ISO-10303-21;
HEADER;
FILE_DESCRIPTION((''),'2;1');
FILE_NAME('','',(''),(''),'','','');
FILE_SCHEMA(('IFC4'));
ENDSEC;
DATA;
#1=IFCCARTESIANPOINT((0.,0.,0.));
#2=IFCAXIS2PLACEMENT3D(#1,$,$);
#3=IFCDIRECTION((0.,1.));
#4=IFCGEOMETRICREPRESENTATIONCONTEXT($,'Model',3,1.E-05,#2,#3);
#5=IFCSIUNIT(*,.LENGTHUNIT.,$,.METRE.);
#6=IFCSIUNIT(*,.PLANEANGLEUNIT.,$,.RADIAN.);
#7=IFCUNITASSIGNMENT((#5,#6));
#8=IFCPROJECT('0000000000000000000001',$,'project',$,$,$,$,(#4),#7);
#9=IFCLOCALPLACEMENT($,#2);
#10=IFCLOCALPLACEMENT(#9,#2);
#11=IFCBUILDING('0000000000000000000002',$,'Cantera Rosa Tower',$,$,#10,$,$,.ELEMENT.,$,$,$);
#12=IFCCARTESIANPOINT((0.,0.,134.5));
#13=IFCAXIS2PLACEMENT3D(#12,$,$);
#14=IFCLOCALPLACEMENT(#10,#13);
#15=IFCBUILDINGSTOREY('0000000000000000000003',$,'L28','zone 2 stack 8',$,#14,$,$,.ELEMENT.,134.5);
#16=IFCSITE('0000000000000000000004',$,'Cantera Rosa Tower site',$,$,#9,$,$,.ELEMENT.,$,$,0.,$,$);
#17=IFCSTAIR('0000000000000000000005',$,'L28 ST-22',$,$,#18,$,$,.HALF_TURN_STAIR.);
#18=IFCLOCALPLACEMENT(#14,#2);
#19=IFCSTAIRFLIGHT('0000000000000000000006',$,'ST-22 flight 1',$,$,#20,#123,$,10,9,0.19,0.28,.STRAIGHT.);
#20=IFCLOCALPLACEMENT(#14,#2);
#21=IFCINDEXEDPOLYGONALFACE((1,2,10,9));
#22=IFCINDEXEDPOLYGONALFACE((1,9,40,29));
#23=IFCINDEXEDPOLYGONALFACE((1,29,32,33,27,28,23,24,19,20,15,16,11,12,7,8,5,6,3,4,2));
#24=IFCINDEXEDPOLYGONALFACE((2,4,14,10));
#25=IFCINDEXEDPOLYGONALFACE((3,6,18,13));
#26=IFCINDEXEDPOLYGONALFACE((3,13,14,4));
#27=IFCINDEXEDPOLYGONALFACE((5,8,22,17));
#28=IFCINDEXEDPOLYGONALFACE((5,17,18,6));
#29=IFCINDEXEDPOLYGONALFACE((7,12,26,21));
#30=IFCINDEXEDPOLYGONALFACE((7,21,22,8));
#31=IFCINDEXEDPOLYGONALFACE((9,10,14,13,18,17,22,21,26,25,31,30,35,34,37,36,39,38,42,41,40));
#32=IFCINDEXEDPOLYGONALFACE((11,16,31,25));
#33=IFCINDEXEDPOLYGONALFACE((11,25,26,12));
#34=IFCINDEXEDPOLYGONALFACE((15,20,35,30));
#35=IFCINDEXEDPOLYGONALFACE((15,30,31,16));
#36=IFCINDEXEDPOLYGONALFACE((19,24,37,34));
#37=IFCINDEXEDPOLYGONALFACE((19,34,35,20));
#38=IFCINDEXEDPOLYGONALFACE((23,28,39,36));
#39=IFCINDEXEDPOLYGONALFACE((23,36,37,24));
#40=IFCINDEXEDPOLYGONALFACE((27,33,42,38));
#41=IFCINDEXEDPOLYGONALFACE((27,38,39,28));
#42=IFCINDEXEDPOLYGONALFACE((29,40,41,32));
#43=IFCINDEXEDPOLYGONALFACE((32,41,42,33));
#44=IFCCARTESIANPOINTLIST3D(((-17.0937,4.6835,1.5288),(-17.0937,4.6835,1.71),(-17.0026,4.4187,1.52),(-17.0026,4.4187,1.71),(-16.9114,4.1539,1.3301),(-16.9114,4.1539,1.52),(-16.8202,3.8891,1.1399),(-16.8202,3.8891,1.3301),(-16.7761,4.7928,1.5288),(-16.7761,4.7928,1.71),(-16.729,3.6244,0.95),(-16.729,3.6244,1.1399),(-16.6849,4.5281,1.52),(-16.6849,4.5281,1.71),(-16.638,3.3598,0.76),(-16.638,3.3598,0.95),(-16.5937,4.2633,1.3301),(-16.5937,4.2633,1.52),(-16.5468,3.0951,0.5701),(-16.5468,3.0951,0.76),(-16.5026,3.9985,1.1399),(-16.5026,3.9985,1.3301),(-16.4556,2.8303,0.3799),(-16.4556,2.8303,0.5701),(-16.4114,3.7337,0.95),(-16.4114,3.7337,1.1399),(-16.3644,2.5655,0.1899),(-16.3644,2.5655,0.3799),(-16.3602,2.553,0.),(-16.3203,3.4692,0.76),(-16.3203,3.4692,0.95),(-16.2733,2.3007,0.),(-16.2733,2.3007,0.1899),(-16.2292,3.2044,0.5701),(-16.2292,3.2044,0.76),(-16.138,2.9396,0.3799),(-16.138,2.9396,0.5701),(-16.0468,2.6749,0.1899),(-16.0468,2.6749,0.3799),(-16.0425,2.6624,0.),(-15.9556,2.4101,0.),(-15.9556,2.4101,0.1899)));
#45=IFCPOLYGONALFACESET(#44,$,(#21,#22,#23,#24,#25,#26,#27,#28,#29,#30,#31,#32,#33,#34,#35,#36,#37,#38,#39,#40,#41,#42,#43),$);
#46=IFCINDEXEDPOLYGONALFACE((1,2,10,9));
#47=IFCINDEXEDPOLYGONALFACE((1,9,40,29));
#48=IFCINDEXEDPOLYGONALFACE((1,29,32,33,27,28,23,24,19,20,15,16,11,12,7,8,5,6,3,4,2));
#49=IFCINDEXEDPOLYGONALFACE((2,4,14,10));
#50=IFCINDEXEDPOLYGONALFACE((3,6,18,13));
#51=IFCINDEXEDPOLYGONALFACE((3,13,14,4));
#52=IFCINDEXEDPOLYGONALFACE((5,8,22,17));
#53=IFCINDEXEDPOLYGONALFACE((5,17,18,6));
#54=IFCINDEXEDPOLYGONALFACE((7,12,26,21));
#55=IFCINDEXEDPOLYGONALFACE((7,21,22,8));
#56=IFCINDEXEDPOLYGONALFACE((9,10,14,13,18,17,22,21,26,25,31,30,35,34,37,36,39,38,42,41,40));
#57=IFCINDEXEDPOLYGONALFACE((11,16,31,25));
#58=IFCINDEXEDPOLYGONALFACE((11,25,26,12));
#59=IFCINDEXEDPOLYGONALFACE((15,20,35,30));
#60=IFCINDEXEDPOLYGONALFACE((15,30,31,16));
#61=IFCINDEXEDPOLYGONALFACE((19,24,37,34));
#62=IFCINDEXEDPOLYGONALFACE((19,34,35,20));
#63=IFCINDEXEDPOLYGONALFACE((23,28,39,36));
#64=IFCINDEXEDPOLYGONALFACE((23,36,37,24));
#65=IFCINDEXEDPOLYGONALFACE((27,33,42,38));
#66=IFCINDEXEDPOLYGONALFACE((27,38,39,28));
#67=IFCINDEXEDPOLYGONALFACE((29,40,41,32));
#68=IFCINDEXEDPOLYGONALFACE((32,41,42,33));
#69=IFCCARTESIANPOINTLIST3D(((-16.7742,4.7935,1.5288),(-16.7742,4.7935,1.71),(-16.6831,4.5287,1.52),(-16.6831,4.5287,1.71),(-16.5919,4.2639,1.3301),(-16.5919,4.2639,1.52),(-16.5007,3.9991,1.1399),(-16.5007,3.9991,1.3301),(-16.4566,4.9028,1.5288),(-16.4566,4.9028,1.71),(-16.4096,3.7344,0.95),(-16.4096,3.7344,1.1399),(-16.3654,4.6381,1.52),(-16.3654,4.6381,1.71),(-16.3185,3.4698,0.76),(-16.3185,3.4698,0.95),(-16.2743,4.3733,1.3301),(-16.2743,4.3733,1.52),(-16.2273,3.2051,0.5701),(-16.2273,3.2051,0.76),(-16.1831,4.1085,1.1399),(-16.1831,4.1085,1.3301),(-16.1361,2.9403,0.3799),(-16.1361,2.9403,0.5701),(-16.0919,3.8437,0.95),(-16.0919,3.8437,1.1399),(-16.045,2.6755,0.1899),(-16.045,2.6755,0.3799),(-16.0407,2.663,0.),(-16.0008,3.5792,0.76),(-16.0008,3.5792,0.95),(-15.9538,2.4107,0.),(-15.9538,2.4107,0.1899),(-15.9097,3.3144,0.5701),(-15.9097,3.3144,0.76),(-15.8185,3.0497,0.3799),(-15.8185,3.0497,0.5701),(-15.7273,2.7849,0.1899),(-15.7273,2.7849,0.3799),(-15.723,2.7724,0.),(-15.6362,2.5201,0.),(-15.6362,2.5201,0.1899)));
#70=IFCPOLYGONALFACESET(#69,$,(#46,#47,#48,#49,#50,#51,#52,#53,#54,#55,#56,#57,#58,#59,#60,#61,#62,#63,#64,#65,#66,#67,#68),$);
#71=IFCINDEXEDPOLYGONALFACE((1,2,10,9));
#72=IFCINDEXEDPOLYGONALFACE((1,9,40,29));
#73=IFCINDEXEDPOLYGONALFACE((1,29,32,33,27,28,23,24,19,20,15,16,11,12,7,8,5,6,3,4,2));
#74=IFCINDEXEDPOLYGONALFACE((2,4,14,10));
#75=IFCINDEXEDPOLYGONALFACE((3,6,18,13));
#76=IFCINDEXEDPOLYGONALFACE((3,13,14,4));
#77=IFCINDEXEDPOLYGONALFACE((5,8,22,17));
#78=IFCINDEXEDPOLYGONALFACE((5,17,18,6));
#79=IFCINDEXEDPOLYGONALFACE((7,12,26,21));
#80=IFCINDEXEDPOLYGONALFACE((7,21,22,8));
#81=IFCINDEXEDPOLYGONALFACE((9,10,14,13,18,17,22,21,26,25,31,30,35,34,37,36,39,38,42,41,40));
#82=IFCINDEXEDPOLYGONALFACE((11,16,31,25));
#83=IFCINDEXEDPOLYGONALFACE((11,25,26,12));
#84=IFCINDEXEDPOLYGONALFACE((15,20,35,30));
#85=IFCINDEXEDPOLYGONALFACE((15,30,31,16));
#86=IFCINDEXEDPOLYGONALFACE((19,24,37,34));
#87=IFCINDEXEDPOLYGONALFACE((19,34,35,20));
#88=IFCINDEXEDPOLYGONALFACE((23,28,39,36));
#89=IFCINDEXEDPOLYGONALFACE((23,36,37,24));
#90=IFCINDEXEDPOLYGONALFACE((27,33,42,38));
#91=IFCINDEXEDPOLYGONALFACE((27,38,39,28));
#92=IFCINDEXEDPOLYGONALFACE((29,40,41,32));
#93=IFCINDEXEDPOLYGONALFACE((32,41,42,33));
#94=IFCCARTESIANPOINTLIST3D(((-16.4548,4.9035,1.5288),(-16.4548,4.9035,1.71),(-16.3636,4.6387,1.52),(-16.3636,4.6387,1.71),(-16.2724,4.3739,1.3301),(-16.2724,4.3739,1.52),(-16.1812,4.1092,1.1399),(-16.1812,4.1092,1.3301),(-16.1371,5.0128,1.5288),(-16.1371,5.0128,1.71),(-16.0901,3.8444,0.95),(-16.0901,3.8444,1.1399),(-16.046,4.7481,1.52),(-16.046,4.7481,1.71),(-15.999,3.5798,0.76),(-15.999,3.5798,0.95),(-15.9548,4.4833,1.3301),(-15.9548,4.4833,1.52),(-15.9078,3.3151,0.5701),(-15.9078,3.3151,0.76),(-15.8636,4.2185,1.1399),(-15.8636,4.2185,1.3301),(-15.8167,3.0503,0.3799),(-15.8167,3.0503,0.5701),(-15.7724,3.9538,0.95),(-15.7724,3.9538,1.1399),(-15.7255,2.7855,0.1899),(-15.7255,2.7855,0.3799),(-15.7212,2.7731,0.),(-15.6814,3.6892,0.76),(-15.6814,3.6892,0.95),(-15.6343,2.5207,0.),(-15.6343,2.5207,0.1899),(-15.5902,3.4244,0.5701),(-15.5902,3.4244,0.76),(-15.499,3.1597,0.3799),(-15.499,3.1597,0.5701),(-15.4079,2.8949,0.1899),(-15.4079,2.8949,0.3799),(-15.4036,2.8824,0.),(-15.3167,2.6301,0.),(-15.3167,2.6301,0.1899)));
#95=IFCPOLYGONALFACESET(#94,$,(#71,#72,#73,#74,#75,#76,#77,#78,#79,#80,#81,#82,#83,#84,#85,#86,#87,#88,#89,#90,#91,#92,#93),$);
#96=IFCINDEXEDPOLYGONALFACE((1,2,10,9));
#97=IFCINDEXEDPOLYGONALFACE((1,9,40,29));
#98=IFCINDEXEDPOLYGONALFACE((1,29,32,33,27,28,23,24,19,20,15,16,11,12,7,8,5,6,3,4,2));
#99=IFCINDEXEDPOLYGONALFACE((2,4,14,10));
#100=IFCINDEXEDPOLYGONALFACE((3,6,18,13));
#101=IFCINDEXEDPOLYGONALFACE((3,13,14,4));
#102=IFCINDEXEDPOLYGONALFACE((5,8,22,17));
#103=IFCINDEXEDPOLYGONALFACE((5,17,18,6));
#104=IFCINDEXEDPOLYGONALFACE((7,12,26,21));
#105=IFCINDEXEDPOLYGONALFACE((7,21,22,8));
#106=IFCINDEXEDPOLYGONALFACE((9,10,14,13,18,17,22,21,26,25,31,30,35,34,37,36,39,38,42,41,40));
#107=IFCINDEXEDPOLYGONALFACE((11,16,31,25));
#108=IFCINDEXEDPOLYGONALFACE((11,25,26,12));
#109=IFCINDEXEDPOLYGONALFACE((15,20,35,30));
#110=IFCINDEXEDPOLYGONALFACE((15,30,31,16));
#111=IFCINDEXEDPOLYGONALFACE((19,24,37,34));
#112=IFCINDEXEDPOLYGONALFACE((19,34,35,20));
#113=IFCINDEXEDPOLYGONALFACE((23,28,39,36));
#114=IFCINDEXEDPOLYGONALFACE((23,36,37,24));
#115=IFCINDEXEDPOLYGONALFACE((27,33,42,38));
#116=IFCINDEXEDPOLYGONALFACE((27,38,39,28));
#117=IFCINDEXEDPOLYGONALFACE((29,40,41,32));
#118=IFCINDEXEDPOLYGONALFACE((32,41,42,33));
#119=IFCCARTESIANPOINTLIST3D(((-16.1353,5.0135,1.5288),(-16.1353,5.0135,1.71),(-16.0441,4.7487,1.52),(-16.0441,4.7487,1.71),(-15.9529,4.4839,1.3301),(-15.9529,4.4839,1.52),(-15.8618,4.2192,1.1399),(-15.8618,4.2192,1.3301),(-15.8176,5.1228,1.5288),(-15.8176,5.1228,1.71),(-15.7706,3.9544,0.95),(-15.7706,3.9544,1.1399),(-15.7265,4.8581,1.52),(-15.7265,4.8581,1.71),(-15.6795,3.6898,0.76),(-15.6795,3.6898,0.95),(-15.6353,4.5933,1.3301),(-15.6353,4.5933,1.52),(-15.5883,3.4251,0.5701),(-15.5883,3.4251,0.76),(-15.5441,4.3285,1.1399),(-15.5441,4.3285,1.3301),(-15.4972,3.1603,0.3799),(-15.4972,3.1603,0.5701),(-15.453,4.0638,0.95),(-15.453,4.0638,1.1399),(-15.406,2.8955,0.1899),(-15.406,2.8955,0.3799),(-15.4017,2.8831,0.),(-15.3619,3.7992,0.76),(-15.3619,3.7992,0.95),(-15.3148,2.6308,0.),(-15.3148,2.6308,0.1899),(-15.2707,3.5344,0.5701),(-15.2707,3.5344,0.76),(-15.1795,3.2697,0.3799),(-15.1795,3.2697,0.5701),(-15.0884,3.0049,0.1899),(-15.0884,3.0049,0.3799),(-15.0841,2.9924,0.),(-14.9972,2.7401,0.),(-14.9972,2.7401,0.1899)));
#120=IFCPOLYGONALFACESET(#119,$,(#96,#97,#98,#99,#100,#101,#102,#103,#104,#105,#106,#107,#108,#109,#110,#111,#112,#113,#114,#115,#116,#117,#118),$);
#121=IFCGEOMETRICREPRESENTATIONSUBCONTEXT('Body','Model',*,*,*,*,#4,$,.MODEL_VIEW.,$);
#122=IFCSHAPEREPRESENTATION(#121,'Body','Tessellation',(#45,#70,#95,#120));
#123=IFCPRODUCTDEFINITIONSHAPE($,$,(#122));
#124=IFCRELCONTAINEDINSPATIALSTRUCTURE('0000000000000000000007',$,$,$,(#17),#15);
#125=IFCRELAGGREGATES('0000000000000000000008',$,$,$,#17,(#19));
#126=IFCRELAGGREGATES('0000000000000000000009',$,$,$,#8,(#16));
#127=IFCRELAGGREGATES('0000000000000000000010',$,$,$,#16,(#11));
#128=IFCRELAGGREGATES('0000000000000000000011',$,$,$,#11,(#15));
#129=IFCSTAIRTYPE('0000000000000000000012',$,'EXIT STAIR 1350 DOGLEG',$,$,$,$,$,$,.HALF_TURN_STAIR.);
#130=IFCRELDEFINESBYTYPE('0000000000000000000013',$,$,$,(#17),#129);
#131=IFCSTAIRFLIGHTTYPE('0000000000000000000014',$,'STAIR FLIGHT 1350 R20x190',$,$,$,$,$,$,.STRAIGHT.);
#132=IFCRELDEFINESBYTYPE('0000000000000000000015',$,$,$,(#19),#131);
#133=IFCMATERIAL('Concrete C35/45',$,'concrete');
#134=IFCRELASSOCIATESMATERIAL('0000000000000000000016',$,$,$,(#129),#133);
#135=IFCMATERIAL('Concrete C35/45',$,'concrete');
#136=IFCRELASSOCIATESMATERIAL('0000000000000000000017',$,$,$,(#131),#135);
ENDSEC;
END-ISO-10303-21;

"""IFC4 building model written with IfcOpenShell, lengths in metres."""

from ifc_helpers import new_model, si_unit, direction, frame, origin, place, context, subcontext, project, spatial, polyline, outline, extrude, material, type_object, element, aggregate, save


model = new_model("IFC4")

# Units and contexts
model_context = context("Model", 3, precision=1e-05, world=origin(), true_north=direction((0.0, 1.0)))
body_context = subcontext(model_context, "Body", "Model", "MODEL_VIEW")
ifc_project = project(units=[si_unit("LENGTHUNIT", "METRE"), si_unit("PLANEANGLEUNIT", "RADIAN")], contexts=[model_context])

# Site, building, storey
site_placement = place(None, origin())
site = spatial("IfcSite", under=ifc_project, at=site_placement, Name="Cantera Rosa Tower site", CompositionType="ELEMENT", RefElevation=0.0)
building_placement = place(site_placement, origin())
building = spatial("IfcBuilding", under=site, at=building_placement, Name="Cantera Rosa Tower", CompositionType="ELEMENT")
storey_placement = place(building_placement, frame((0.0, 0.0, 134.5)))
storey = spatial("IfcBuildingStorey", under=building, at=storey_placement, Name="L28", Description="zone 2 stack 8", CompositionType="ELEMENT", Elevation=134.5)

# Stair, stair flight
ifc_material_1 = material(Name="Concrete C35/45", Category="concrete")
stair_type = type_object("IfcStairType", Name="EXIT STAIR 1350 DOGLEG", PredefinedType="HALF_TURN_STAIR", material=ifc_material_1)
stair_placement = place(storey_placement, origin())
stair = element("IfcStair", 1, at=stair_placement, inside=storey, type_object=stair_type, Name="L28 ST-22", PredefinedType="HALF_TURN_STAIR")
ifc_material_2 = material(Name="Concrete C35/45", Category="concrete")
stair_flight_type = type_object("IfcStairFlightType", Name="STAIR FLIGHT 1350 R20x190", PredefinedType="STRAIGHT", material=ifc_material_2)
stair_flight_placement = place(storey_placement, frame((-15.635, 2.5205, 0.0), z_axis=(0.0, 0.0, 1.0), x_axis=(-0.325568, 0.945519, 0.0)))
stair_flight = element("IfcStairFlight", 2, at=stair_flight_placement, type_object=stair_flight_type, Name="ST-22 flight 1", NumberOfRisers=10, NumberOfTreads=9, PredefinedType="STRAIGHT", RiserHeight=0.19, TreadLength=0.28, context=body_context, shape_type="SweptSolid", body=[
    extrude(outline(polyline([(0.0, 0.0), (0.0, 0.1899), (0.28, 0.1899), (0.28, 0.3799), (0.5601, 0.3799), (0.5601, 0.5701), (0.8401, 0.5701), (0.8401, 0.76), (1.1201, 0.76), (1.1201, 0.95), (1.3999, 0.95), (1.3999, 1.1399), (1.6799, 1.1399), (1.6799, 1.3301), (1.96, 1.3301), (1.96, 1.52), (2.24, 1.52), (2.24, 1.71), (2.52, 1.71), (2.52, 1.8999), (2.52, 1.5288), (0.2668, 0.0), (0.0, 0.0)])), frame((0.0, 0.675, 0.0), z_axis=(0.0, -1.0, 0.0), x_axis=(1.0, 0.0, 0.0)), (0.0, 0.0, 1.0), 0.3359),
    extrude(outline(polyline([(0.0, 0.0), (0.0, 0.1899), (0.28, 0.1899), (0.28, 0.3799), (0.5601, 0.3799), (0.5601, 0.5701), (0.8401, 0.5701), (0.8401, 0.76), (1.1201, 0.76), (1.1201, 0.95), (1.3999, 0.95), (1.3999, 1.1399), (1.6799, 1.1399), (1.6799, 1.3301), (1.96, 1.3301), (1.96, 1.52), (2.24, 1.52), (2.24, 1.71), (2.52, 1.71), (2.52, 1.8999), (2.52, 1.5288), (0.2668, 0.0), (0.0, 0.0)])), frame((0.0, 0.3372, 0.0), z_axis=(0.0, -1.0, 0.0), x_axis=(1.0, 0.0, 0.0)), (0.0, 0.0, 1.0), 0.3359),
    extrude(outline(polyline([(0.0, 0.0), (0.0, 0.1899), (0.28, 0.1899), (0.28, 0.3799), (0.5601, 0.3799), (0.5601, 0.5701), (0.8401, 0.5701), (0.8401, 0.76), (1.1201, 0.76), (1.1201, 0.95), (1.3999, 0.95), (1.3999, 1.1399), (1.6799, 1.1399), (1.6799, 1.3301), (1.96, 1.3301), (1.96, 1.52), (2.24, 1.52), (2.24, 1.71), (2.52, 1.71), (2.52, 1.8999), (2.52, 1.5288), (0.2668, 0.0), (0.0, 0.0)])), frame((0.0, -0.0007, 0.0), z_axis=(0.0, -1.0, 0.0), x_axis=(1.0, 0.0, 0.0)), (0.0, 0.0, 1.0), 0.3359),
    extrude(outline(polyline([(0.0, 0.0), (0.0, 0.1899), (0.28, 0.1899), (0.28, 0.3799), (0.5601, 0.3799), (0.5601, 0.5701), (0.8401, 0.5701), (0.8401, 0.76), (1.1201, 0.76), (1.1201, 0.95), (1.3999, 0.95), (1.3999, 1.1399), (1.6799, 1.1399), (1.6799, 1.3301), (1.96, 1.3301), (1.96, 1.52), (2.24, 1.52), (2.24, 1.71), (2.52, 1.71), (2.52, 1.8999), (2.52, 1.5288), (0.2668, 0.0), (0.0, 0.0)])), frame((0.0, -0.3386, 0.0), z_axis=(0.0, -1.0, 0.0), x_axis=(1.0, 0.0, 0.0)), (0.0, 0.0, 1.0), 0.3359),
])
aggregate(stair, [stair_flight])

save(model, "model.ifc")
